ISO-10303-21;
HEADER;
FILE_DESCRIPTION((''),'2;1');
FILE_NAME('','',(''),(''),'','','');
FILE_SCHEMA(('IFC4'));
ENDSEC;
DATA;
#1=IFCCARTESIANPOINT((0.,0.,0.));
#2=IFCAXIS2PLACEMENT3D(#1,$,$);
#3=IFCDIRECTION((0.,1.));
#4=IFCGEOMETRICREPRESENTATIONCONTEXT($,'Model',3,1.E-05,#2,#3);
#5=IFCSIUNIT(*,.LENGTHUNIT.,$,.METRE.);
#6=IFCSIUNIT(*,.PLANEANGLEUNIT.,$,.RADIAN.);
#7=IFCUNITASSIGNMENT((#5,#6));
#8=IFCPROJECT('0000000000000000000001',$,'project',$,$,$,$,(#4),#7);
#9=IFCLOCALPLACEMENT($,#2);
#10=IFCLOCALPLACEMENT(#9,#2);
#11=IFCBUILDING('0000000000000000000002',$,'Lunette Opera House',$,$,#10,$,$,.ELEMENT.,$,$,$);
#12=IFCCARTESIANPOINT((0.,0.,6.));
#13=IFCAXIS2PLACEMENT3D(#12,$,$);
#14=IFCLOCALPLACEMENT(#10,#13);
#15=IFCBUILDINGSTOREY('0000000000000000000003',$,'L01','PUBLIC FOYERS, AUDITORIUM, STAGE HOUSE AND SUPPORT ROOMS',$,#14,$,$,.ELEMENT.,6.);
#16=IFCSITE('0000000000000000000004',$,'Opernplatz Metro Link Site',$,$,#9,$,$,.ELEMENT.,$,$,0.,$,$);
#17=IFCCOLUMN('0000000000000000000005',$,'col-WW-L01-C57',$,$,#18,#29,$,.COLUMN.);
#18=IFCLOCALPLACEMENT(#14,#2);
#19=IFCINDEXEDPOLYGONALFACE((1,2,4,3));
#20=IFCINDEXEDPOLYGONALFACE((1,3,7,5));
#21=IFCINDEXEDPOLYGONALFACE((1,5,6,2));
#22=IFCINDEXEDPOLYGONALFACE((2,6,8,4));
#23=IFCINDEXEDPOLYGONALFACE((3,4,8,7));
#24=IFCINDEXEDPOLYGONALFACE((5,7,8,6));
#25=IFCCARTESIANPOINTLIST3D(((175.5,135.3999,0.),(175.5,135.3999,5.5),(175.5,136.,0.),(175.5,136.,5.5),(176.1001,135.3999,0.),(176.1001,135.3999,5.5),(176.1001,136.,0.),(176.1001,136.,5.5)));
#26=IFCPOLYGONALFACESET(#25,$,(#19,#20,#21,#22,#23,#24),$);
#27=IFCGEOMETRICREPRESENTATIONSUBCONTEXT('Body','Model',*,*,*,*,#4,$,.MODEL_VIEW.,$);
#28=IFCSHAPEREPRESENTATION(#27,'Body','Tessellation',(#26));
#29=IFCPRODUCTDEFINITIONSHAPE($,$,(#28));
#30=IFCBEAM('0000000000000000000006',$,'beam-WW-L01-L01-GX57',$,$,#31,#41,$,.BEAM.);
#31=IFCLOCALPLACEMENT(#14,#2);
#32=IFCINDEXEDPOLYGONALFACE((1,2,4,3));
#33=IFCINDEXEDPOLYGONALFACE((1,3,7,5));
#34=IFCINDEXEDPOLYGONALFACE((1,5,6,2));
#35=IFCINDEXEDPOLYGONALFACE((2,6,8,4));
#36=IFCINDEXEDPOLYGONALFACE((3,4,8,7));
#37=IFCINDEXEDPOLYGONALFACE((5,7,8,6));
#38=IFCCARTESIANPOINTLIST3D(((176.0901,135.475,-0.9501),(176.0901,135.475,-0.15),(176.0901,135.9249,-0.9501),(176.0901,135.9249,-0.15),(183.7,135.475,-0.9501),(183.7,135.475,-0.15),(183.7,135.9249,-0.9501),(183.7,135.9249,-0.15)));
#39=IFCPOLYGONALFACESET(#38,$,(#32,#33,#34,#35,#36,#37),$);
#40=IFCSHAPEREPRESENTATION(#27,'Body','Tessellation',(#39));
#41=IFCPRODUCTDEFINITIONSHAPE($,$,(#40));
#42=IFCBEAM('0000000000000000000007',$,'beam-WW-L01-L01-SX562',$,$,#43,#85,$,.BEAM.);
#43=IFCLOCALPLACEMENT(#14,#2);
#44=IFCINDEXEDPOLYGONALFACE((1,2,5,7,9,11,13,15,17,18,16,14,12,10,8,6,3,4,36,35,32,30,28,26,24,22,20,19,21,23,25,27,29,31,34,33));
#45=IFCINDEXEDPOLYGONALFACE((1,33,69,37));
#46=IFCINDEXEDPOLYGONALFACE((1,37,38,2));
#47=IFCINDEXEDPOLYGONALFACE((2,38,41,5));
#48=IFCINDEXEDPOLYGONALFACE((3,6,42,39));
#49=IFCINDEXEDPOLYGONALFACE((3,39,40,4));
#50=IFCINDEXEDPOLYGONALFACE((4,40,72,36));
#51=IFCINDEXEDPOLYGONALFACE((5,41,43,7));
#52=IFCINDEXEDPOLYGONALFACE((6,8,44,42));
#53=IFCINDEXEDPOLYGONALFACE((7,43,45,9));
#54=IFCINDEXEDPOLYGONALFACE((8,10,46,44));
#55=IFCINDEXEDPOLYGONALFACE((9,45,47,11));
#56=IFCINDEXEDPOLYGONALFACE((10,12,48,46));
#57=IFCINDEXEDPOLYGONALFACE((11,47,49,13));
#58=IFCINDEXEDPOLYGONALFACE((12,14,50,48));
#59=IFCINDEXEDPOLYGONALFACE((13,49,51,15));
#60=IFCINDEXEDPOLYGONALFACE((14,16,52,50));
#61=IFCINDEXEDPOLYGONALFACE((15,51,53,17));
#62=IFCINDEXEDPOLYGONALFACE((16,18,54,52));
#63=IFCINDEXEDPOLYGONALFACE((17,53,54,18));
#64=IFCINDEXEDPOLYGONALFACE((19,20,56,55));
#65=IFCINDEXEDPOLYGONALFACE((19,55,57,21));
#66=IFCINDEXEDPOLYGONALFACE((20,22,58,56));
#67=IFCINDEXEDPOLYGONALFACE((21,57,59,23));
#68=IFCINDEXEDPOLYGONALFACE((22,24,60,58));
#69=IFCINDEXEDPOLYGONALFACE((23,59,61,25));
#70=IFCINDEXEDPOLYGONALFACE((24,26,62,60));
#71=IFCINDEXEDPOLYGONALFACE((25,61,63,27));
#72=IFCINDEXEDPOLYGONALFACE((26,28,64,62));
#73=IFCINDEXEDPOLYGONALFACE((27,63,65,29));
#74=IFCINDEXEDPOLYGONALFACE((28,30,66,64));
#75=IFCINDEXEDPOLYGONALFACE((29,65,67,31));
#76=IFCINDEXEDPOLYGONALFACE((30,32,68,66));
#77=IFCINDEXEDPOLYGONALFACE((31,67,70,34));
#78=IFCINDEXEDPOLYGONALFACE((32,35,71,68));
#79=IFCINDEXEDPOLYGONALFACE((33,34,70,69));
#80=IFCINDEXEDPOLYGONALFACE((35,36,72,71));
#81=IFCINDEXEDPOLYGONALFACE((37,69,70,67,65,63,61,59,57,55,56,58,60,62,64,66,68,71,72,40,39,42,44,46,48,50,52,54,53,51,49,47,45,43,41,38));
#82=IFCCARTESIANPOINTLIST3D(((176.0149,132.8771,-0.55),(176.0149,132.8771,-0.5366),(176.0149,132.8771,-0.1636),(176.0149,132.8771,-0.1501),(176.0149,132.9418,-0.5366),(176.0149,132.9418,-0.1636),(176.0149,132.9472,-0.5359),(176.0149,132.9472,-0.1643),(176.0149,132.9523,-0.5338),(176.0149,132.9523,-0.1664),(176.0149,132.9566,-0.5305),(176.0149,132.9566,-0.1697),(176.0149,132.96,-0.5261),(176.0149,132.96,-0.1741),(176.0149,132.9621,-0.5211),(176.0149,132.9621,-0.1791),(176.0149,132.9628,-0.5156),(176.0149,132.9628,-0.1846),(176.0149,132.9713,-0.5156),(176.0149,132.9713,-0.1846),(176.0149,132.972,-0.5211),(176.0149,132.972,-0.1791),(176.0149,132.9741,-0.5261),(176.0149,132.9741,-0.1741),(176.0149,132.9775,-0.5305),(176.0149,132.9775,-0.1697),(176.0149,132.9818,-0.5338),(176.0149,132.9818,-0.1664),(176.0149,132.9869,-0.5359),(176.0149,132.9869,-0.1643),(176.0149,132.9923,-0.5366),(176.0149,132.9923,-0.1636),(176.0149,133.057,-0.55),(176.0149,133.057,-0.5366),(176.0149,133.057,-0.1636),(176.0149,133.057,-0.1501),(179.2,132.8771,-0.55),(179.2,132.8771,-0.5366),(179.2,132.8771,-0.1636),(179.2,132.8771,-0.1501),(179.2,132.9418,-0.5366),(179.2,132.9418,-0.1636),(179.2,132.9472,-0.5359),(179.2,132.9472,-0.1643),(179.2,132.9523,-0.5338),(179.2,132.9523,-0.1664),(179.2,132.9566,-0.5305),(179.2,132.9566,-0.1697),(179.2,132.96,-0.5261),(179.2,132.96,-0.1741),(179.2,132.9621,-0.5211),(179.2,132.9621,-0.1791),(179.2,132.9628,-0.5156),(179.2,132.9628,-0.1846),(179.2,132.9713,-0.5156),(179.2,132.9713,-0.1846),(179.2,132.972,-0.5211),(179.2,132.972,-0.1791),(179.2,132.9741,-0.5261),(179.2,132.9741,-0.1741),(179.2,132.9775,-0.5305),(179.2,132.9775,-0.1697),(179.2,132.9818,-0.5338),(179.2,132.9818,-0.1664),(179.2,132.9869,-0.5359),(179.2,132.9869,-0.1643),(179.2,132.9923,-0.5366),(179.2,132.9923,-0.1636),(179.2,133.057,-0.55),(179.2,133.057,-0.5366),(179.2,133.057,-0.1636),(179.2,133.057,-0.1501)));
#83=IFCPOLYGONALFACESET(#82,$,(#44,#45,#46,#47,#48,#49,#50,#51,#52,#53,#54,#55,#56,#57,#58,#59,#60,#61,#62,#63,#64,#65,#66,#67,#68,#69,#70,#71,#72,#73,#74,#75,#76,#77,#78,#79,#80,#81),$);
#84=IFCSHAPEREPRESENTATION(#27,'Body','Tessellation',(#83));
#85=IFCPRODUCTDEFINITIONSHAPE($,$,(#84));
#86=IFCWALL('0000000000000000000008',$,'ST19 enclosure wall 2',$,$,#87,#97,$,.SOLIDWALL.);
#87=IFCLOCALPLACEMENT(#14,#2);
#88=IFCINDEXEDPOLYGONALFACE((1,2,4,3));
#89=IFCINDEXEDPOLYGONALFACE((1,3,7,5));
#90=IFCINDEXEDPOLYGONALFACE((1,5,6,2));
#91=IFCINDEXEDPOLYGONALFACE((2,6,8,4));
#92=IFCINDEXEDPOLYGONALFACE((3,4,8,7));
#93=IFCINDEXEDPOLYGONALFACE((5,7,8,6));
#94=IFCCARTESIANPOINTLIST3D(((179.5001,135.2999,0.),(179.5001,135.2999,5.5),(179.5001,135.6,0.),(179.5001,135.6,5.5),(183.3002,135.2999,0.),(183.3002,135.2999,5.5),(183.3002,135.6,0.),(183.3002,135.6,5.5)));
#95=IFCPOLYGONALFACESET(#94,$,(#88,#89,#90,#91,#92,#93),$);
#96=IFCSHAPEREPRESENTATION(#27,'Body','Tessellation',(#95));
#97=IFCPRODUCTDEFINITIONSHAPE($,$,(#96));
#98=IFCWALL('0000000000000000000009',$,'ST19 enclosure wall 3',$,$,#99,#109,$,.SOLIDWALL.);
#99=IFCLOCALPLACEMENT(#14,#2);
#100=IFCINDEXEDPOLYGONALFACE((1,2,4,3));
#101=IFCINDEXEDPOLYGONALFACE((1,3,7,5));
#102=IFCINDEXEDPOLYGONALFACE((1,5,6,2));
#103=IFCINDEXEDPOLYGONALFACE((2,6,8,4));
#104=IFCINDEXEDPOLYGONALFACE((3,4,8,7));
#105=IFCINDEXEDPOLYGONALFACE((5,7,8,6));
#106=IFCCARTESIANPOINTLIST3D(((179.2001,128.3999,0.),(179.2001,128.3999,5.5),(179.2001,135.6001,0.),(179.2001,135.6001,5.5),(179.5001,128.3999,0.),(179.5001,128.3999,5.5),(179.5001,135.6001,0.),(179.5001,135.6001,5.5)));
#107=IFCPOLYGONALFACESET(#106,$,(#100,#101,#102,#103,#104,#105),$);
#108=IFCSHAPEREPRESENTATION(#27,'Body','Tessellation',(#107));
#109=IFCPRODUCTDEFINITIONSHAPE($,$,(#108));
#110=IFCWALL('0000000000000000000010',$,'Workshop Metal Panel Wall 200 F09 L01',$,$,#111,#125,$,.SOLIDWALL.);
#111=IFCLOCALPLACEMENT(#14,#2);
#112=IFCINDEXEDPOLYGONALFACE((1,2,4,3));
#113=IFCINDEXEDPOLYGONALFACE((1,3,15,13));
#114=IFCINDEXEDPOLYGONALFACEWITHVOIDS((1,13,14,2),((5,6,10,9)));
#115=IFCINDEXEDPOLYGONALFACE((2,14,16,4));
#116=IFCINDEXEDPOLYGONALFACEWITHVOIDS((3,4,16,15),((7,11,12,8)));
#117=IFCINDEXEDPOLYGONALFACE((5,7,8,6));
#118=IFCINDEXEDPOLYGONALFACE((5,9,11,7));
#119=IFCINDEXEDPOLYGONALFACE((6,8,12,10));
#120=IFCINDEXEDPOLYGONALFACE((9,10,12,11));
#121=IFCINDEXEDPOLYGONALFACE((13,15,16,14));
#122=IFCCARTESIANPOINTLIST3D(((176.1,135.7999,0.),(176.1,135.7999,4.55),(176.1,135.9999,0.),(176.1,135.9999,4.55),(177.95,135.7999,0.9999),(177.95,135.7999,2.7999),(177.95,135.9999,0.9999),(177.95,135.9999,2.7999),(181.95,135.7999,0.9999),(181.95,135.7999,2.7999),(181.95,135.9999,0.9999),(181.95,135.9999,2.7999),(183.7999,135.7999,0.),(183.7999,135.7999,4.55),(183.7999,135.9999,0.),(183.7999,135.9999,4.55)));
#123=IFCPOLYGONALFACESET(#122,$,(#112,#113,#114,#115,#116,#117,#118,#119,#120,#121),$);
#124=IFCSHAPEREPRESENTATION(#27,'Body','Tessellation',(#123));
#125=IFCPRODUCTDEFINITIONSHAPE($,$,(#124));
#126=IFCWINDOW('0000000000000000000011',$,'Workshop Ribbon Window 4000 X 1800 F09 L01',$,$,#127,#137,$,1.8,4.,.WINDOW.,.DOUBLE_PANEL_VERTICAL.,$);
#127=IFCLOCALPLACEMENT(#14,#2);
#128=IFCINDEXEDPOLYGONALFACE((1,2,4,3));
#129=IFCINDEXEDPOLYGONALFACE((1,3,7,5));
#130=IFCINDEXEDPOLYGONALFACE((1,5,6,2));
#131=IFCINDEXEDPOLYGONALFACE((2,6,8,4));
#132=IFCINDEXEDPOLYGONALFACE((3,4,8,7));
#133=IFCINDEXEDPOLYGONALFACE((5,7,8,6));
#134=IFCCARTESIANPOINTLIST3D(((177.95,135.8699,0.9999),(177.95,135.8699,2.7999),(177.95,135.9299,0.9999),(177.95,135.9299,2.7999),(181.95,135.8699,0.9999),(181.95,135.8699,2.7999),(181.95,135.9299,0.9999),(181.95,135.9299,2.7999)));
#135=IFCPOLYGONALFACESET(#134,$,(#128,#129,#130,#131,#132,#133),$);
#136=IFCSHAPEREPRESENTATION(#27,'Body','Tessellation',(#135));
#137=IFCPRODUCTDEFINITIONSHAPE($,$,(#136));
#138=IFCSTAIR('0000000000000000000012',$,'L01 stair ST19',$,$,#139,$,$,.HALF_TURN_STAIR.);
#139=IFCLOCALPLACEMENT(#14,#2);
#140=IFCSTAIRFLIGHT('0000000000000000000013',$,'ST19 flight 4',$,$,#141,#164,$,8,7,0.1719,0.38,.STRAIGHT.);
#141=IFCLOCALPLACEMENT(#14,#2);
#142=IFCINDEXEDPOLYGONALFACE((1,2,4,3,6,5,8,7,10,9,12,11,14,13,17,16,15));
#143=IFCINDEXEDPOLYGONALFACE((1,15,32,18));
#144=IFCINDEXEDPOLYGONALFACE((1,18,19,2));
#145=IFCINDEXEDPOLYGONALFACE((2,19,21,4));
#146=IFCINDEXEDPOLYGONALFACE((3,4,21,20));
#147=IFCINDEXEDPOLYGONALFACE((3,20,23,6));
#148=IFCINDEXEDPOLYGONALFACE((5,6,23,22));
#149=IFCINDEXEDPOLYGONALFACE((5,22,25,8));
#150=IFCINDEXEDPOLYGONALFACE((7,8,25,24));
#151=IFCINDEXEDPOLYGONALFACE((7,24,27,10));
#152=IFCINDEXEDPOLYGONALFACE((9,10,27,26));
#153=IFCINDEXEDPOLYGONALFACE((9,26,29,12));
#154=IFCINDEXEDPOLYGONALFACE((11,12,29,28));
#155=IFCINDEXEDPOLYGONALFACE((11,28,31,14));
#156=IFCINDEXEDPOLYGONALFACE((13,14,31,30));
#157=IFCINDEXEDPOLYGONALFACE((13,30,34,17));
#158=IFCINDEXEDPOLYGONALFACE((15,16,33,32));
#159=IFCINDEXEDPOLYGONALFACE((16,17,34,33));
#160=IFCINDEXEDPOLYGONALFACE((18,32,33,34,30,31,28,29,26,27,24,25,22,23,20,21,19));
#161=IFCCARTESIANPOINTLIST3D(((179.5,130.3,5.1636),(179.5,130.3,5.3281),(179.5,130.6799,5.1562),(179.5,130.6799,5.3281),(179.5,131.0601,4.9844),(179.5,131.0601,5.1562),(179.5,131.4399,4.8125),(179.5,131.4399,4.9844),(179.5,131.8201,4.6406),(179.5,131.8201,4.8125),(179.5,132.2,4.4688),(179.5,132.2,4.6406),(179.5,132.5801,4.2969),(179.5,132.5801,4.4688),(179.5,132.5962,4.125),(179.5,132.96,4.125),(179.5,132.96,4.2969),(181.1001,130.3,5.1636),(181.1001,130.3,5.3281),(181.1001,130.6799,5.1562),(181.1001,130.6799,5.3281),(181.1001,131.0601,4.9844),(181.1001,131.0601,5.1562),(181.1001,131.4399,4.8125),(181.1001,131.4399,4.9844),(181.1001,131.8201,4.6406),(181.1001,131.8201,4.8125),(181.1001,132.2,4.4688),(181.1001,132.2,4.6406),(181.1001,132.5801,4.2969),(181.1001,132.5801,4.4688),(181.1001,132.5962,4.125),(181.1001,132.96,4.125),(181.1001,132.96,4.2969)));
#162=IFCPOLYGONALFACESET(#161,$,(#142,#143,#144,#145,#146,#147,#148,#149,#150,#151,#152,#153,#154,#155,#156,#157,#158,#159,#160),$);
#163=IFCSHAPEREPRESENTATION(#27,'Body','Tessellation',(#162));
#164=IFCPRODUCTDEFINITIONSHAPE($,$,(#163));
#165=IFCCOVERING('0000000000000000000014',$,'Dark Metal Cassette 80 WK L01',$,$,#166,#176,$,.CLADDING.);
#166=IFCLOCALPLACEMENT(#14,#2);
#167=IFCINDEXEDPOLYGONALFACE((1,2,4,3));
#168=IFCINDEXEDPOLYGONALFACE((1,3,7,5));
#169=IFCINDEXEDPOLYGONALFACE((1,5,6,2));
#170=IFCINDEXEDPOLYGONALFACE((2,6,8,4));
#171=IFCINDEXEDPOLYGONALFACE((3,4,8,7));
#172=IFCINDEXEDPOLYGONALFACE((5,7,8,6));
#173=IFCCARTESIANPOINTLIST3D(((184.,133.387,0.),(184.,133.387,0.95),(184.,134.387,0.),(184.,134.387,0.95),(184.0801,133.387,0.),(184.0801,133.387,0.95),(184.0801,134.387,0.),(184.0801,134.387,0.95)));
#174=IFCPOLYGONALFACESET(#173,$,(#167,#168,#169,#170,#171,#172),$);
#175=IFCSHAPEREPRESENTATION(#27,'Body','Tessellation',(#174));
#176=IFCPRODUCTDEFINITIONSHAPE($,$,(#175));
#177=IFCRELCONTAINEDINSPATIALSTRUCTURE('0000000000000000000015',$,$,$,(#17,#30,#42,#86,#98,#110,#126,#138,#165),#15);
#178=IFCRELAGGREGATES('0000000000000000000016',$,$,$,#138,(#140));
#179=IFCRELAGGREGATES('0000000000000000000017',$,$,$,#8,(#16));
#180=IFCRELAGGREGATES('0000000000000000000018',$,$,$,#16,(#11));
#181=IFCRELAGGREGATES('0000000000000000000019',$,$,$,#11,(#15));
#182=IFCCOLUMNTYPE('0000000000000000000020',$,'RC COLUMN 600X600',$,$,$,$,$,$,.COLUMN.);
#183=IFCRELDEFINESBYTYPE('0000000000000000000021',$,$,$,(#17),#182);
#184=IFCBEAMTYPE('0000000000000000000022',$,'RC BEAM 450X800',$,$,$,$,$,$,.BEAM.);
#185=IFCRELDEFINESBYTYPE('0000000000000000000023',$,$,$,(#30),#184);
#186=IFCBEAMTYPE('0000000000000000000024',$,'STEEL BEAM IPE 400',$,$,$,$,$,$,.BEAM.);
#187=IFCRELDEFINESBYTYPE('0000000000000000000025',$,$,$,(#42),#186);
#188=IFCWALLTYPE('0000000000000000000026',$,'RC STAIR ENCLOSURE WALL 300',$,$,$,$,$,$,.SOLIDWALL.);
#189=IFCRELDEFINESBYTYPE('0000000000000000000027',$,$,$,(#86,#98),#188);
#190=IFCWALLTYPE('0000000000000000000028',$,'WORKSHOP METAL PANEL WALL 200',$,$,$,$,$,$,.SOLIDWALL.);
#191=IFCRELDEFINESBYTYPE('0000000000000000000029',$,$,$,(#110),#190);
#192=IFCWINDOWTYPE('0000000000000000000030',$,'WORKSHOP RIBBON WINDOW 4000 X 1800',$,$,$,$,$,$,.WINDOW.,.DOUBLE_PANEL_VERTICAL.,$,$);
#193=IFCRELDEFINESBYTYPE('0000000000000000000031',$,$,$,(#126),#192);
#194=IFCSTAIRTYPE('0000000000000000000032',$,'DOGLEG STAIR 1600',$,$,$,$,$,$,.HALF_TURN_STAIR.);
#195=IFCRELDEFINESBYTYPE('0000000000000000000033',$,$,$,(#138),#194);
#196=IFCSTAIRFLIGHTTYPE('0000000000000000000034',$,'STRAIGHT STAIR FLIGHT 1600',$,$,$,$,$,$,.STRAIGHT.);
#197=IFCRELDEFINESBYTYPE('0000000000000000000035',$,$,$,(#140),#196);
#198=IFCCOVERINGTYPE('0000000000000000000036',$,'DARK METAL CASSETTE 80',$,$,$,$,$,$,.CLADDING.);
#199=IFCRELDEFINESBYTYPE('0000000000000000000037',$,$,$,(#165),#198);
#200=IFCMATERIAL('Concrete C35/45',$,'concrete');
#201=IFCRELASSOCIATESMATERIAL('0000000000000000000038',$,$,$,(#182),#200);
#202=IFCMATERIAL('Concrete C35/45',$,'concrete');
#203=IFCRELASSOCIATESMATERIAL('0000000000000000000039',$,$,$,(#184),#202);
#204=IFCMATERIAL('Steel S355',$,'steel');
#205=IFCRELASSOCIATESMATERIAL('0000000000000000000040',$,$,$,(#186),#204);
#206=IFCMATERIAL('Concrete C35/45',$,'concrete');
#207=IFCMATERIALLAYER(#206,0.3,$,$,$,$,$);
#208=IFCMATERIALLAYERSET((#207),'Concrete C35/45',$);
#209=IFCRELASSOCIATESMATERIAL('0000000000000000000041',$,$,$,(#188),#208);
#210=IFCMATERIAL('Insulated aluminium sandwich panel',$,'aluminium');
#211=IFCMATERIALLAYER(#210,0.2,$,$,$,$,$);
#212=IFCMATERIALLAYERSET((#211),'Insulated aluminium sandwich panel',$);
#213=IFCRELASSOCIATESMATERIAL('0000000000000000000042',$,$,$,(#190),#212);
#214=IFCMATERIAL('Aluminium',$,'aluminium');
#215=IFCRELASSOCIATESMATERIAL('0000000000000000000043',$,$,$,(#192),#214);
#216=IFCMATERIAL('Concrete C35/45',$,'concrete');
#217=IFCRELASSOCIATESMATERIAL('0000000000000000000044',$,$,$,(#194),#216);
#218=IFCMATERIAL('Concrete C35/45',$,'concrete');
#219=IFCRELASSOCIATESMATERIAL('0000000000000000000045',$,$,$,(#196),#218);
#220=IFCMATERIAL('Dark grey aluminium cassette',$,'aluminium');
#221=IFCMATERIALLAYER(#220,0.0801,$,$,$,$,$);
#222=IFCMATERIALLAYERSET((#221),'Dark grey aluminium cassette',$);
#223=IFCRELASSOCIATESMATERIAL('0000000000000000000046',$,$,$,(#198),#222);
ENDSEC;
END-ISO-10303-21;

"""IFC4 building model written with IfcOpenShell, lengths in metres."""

from ifc_helpers import new_model, si_unit, direction, frame, frame_2d, origin, origin_2d, place, context, subcontext, project, spatial, polyline, rectangle, i_section, outline, extrude, material, layer, layer_set, material_profile, profile_set, type_object, element, fill, aggregate, save


model = new_model("IFC4")

# Units and contexts
model_context = context("Model", 3, precision=1e-05, world=origin(), true_north=direction((0.0, 1.0)))
body_context = subcontext(model_context, "Body", "Model", "MODEL_VIEW")
ifc_project = project(units=[si_unit("LENGTHUNIT", "METRE"), si_unit("PLANEANGLEUNIT", "RADIAN")], contexts=[model_context])

# Site, building, storey
site_placement = place(None, origin())
site = spatial("IfcSite", under=ifc_project, at=site_placement, Name="Opernplatz Metro Link Site", CompositionType="ELEMENT", RefElevation=0.0)
building_placement = place(site_placement, origin())
building = spatial("IfcBuilding", under=site, at=building_placement, Name="Lunette Opera House", CompositionType="ELEMENT")
storey_placement = place(building_placement, frame((0.0, 0.0, 6.0)))
storey = spatial("IfcBuildingStorey", under=building, at=storey_placement, Name="L01", Description="PUBLIC FOYERS, AUDITORIUM, STAGE HOUSE AND SUPPORT ROOMS", CompositionType="ELEMENT", Elevation=6.0)

# Column
ifc_material_1 = material(Name="Concrete C35/45", Category="concrete")
ifc_material_profile_1 = material_profile(ifc_material_1, rectangle(XDim=0.6001, YDim=0.6001, at=origin_2d()), Name="RC COLUMN 600X600")
ifc_profile_set_1 = profile_set([ifc_material_profile_1], Name="Concrete C35/45")
column_type = type_object("IfcColumnType", Name="RC COLUMN 600X600", PredefinedType="COLUMN", material=ifc_profile_set_1)
column_placement = place(storey_placement, frame((175.8, 135.7, 0.0), z_axis=(0.0, 0.0, 1.0), x_axis=(1.0, 0.0, 0.0)))
element("IfcColumn", 1, at=column_placement, inside=storey, type_object=column_type, Name="col-WW-L01-C57", PredefinedType="COLUMN", context=body_context, shape_type="SweptSolid", body=[
    extrude(rectangle(XDim=0.6001, YDim=0.6001, at=origin_2d()), origin(), (0.0, 0.0, 1.0), 5.5),
])

# Beams
ifc_material_2 = material(Name="Concrete C35/45", Category="concrete")
ifc_material_profile_2 = material_profile(ifc_material_2, rectangle(XDim=0.45, YDim=0.8, at=origin_2d()), Name="RC BEAM 450X800")
ifc_profile_set_2 = profile_set([ifc_material_profile_2], Name="Concrete C35/45")
beam_type_1 = type_object("IfcBeamType", Name="RC BEAM 450X800", PredefinedType="BEAM", material=ifc_profile_set_2)
beam_1_placement = place(storey_placement, frame((176.0901, 135.7, -0.55), z_axis=(1.0, 0.0, 0.0), x_axis=(0.0, 1.0, 0.0)))
element("IfcBeam", 2, at=beam_1_placement, inside=storey, type_object=beam_type_1, Name="beam-WW-L01-L01-GX57", PredefinedType="BEAM", context=body_context, shape_type="SweptSolid", body=[
    extrude(rectangle(XDim=0.45, YDim=0.8, at=origin_2d()), origin(), (0.0, 0.0, 1.0), 7.6099),
])
ifc_material_3 = material(Name="Steel S355", Category="steel")
ifc_material_profile_3 = material_profile(ifc_material_3, i_section(OverallWidth=0.1799, OverallDepth=0.3999, WebThickness=0.0085, FlangeThickness=0.0134, FilletRadius=0.021, at=origin_2d()), Name="IPE 400")
ifc_profile_set_3 = profile_set([ifc_material_profile_3], Name="Steel S355")
beam_type_2 = type_object("IfcBeamType", Name="STEEL BEAM IPE 400", PredefinedType="BEAM", material=ifc_profile_set_3)
beam_2_placement = place(storey_placement, frame((176.0149, 132.967, -0.3501), z_axis=(1.0, 0.0, 0.0), x_axis=(0.0, 1.0, 0.0)))
element("IfcBeam", 3, at=beam_2_placement, inside=storey, type_object=beam_type_2, Name="beam-WW-L01-L01-SX562", PredefinedType="BEAM", context=body_context, shape_type="SweptSolid", body=[
    extrude(i_section(OverallWidth=0.1799, OverallDepth=0.3999, WebThickness=0.0085, FlangeThickness=0.0134, FilletRadius=0.021, at=origin_2d()), origin(), (0.0, 0.0, 1.0), 3.1851),
])

# Walls
ifc_material_4 = material(Name="Concrete C35/45", Category="concrete")
ifc_layer_1 = layer(ifc_material_4, 0.3)
ifc_layer_set_1 = layer_set([ifc_layer_1], Name="Concrete C35/45")
wall_type_1 = type_object("IfcWallType", Name="RC STAIR ENCLOSURE WALL 300", PredefinedType="SOLIDWALL", material=ifc_layer_set_1)
wall_1_placement = place(storey_placement, frame((183.3, 135.45, 0.0), z_axis=(0.0, 0.0, 1.0), x_axis=(-1.0, 0.0, 0.0)))
element("IfcWall", 4, at=wall_1_placement, inside=storey, type_object=wall_type_1, Name="ST19 enclosure wall 2", PredefinedType="SOLIDWALL", context=body_context, shape_type="SweptSolid", body=[
    extrude(rectangle(XDim=3.8, YDim=0.3, at=frame_2d((1.8999, 0.0))), origin(), (0.0, 0.0, 1.0), 5.5),
])
wall_2_placement = place(storey_placement, frame((179.3501, 135.6001, 0.0), z_axis=(0.0, 0.0, 1.0), x_axis=(0.0, -1.0, 0.0)))
element("IfcWall", 5, at=wall_2_placement, inside=storey, type_object=wall_type_1, Name="ST19 enclosure wall 3", PredefinedType="SOLIDWALL", context=body_context, shape_type="SweptSolid", body=[
    extrude(rectangle(XDim=7.2002, YDim=0.3, at=frame_2d((3.6001, 0.0))), origin(), (0.0, 0.0, 1.0), 5.5),
])

# Wall, opening, window
ifc_material_5 = material(Name="Insulated aluminium sandwich panel", Category="aluminium")
ifc_layer_2 = layer(ifc_material_5, 0.2)
ifc_layer_set_2 = layer_set([ifc_layer_2], Name="Insulated aluminium sandwich panel")
wall_type_2 = type_object("IfcWallType", Name="WORKSHOP METAL PANEL WALL 200", PredefinedType="SOLIDWALL", material=ifc_layer_set_2)
wall_3_placement = place(storey_placement, frame((183.8, 135.8999, 0.0), z_axis=(0.0, 0.0, 1.0), x_axis=(-1.0, 0.0, 0.0)))
wall_3 = element("IfcWall", 6, at=wall_3_placement, inside=storey, type_object=wall_type_2, Name="Workshop Metal Panel Wall 200 F09 L01", PredefinedType="SOLIDWALL", context=body_context, shape_type="SweptSolid", body=[
    extrude(rectangle(XDim=7.7, YDim=0.2, at=frame_2d((3.8501, 0.0))), origin(), (0.0, 0.0, 1.0), 4.55),
])
opening_placement = place(wall_3_placement, frame((1.8501, 0.0, 1.0)))
opening = element("IfcOpeningElement", 7, at=opening_placement, cuts=wall_3, PredefinedType="OPENING", context=body_context, shape_type="SweptSolid", body=[
    extrude(rectangle(XDim=4.0, YDim=1.8, at=frame_2d((2.0, 0.8999))), frame((0.0, 0.1121, 0.0), z_axis=(0.0, -1.0, 0.0), x_axis=(1.0, 0.0, 0.0)), (0.0, 0.0, 1.0), 0.2239),
])
ifc_material_6 = material(Name="Aluminium", Category="aluminium")
window_type = type_object("IfcWindowType", Name="WORKSHOP RIBBON WINDOW 4000 X 1800", PartitioningType="DOUBLE_PANEL_VERTICAL", PredefinedType="WINDOW", material=ifc_material_6)
window_placement = place(opening_placement, origin())
window = element("IfcWindow", 8, at=window_placement, inside=storey, type_object=window_type, Name="Workshop Ribbon Window 4000 X 1800 F09 L01", OverallHeight=1.8, OverallWidth=4.0, PartitioningType="DOUBLE_PANEL_VERTICAL", PredefinedType="WINDOW", context=body_context, shape_type="SweptSolid", body=[
    extrude(rectangle(XDim=4.0, YDim=1.8, at=frame_2d((2.0, 0.8999))), frame((0.0, 0.03, 0.0), z_axis=(0.0, -1.0, 0.0), x_axis=(1.0, 0.0, 0.0)), (0.0, 0.0, 1.0), 0.0601),
])
fill(opening, window)

# Stair, stair flight
ifc_material_7 = material(Name="Concrete C35/45", Category="concrete")
stair_type = type_object("IfcStairType", Name="DOGLEG STAIR 1600", PredefinedType="HALF_TURN_STAIR", material=ifc_material_7)
stair_placement = place(storey_placement, origin())
stair = element("IfcStair", 9, at=stair_placement, inside=storey, type_object=stair_type, Name="L01 stair ST19", PredefinedType="HALF_TURN_STAIR")
ifc_material_8 = material(Name="Concrete C35/45", Category="concrete")
stair_flight_type = type_object("IfcStairFlightType", Name="STRAIGHT STAIR FLIGHT 1600", PredefinedType="STRAIGHT", material=ifc_material_8)
stair_flight_placement = place(storey_placement, frame((180.3, 132.96, 4.125), z_axis=(0.0, 0.0, 1.0), x_axis=(0.0, -1.0, 0.0)))
stair_flight = element("IfcStairFlight", 10, at=stair_flight_placement, type_object=stair_flight_type, Name="ST19 flight 4", NumberOfRisers=8, NumberOfTreads=7, PredefinedType="STRAIGHT", RiserHeight=0.1719, TreadLength=0.38, context=body_context, shape_type="SweptSolid", body=[
    extrude(outline(polyline([(0.0, 0.0), (0.0, 0.1719), (0.3799, 0.1719), (0.3799, 0.3438), (0.76, 0.3438), (0.76, 0.5156), (1.1399, 0.5156), (1.1399, 0.6875), (1.52, 0.6875), (1.52, 0.8594), (1.8999, 0.8594), (1.8999, 1.0312), (2.28, 1.0312), (2.28, 1.2031), (2.6599, 1.2031), (2.6599, 1.375), (2.6599, 1.0386), (0.3638, 0.0), (0.0, 0.0)])), frame((0.0, 0.8, 0.0), z_axis=(0.0, -1.0, 0.0), x_axis=(1.0, 0.0, 0.0)), (0.0, 0.0, 1.0), 1.6001),
])
aggregate(stair, [stair_flight])

# Covering
ifc_material_9 = material(Name="Dark grey aluminium cassette", Category="aluminium")
ifc_layer_3 = layer(ifc_material_9, 0.0801)
ifc_layer_set_3 = layer_set([ifc_layer_3], Name="Dark grey aluminium cassette")
covering_type = type_object("IfcCoveringType", Name="DARK METAL CASSETTE 80", PredefinedType="CLADDING", material=ifc_layer_set_3)
covering_1_placement = place(storey_placement, frame((184.04, 133.887, 0.0), z_axis=(0.0, 0.0, 1.0), x_axis=(0.0, 1.0, 0.0)))
element("IfcCovering", 11, at=covering_1_placement, inside=storey, type_object=covering_type, Name="Dark Metal Cassette 80 WK L01", PredefinedType="CLADDING", context=body_context, shape_type="SweptSolid", body=[
    extrude(rectangle(XDim=1.0, YDim=0.0801, at=origin_2d()), origin(), (0.0, 0.0, 1.0), 0.95),
])

save(model, "model.ifc")
